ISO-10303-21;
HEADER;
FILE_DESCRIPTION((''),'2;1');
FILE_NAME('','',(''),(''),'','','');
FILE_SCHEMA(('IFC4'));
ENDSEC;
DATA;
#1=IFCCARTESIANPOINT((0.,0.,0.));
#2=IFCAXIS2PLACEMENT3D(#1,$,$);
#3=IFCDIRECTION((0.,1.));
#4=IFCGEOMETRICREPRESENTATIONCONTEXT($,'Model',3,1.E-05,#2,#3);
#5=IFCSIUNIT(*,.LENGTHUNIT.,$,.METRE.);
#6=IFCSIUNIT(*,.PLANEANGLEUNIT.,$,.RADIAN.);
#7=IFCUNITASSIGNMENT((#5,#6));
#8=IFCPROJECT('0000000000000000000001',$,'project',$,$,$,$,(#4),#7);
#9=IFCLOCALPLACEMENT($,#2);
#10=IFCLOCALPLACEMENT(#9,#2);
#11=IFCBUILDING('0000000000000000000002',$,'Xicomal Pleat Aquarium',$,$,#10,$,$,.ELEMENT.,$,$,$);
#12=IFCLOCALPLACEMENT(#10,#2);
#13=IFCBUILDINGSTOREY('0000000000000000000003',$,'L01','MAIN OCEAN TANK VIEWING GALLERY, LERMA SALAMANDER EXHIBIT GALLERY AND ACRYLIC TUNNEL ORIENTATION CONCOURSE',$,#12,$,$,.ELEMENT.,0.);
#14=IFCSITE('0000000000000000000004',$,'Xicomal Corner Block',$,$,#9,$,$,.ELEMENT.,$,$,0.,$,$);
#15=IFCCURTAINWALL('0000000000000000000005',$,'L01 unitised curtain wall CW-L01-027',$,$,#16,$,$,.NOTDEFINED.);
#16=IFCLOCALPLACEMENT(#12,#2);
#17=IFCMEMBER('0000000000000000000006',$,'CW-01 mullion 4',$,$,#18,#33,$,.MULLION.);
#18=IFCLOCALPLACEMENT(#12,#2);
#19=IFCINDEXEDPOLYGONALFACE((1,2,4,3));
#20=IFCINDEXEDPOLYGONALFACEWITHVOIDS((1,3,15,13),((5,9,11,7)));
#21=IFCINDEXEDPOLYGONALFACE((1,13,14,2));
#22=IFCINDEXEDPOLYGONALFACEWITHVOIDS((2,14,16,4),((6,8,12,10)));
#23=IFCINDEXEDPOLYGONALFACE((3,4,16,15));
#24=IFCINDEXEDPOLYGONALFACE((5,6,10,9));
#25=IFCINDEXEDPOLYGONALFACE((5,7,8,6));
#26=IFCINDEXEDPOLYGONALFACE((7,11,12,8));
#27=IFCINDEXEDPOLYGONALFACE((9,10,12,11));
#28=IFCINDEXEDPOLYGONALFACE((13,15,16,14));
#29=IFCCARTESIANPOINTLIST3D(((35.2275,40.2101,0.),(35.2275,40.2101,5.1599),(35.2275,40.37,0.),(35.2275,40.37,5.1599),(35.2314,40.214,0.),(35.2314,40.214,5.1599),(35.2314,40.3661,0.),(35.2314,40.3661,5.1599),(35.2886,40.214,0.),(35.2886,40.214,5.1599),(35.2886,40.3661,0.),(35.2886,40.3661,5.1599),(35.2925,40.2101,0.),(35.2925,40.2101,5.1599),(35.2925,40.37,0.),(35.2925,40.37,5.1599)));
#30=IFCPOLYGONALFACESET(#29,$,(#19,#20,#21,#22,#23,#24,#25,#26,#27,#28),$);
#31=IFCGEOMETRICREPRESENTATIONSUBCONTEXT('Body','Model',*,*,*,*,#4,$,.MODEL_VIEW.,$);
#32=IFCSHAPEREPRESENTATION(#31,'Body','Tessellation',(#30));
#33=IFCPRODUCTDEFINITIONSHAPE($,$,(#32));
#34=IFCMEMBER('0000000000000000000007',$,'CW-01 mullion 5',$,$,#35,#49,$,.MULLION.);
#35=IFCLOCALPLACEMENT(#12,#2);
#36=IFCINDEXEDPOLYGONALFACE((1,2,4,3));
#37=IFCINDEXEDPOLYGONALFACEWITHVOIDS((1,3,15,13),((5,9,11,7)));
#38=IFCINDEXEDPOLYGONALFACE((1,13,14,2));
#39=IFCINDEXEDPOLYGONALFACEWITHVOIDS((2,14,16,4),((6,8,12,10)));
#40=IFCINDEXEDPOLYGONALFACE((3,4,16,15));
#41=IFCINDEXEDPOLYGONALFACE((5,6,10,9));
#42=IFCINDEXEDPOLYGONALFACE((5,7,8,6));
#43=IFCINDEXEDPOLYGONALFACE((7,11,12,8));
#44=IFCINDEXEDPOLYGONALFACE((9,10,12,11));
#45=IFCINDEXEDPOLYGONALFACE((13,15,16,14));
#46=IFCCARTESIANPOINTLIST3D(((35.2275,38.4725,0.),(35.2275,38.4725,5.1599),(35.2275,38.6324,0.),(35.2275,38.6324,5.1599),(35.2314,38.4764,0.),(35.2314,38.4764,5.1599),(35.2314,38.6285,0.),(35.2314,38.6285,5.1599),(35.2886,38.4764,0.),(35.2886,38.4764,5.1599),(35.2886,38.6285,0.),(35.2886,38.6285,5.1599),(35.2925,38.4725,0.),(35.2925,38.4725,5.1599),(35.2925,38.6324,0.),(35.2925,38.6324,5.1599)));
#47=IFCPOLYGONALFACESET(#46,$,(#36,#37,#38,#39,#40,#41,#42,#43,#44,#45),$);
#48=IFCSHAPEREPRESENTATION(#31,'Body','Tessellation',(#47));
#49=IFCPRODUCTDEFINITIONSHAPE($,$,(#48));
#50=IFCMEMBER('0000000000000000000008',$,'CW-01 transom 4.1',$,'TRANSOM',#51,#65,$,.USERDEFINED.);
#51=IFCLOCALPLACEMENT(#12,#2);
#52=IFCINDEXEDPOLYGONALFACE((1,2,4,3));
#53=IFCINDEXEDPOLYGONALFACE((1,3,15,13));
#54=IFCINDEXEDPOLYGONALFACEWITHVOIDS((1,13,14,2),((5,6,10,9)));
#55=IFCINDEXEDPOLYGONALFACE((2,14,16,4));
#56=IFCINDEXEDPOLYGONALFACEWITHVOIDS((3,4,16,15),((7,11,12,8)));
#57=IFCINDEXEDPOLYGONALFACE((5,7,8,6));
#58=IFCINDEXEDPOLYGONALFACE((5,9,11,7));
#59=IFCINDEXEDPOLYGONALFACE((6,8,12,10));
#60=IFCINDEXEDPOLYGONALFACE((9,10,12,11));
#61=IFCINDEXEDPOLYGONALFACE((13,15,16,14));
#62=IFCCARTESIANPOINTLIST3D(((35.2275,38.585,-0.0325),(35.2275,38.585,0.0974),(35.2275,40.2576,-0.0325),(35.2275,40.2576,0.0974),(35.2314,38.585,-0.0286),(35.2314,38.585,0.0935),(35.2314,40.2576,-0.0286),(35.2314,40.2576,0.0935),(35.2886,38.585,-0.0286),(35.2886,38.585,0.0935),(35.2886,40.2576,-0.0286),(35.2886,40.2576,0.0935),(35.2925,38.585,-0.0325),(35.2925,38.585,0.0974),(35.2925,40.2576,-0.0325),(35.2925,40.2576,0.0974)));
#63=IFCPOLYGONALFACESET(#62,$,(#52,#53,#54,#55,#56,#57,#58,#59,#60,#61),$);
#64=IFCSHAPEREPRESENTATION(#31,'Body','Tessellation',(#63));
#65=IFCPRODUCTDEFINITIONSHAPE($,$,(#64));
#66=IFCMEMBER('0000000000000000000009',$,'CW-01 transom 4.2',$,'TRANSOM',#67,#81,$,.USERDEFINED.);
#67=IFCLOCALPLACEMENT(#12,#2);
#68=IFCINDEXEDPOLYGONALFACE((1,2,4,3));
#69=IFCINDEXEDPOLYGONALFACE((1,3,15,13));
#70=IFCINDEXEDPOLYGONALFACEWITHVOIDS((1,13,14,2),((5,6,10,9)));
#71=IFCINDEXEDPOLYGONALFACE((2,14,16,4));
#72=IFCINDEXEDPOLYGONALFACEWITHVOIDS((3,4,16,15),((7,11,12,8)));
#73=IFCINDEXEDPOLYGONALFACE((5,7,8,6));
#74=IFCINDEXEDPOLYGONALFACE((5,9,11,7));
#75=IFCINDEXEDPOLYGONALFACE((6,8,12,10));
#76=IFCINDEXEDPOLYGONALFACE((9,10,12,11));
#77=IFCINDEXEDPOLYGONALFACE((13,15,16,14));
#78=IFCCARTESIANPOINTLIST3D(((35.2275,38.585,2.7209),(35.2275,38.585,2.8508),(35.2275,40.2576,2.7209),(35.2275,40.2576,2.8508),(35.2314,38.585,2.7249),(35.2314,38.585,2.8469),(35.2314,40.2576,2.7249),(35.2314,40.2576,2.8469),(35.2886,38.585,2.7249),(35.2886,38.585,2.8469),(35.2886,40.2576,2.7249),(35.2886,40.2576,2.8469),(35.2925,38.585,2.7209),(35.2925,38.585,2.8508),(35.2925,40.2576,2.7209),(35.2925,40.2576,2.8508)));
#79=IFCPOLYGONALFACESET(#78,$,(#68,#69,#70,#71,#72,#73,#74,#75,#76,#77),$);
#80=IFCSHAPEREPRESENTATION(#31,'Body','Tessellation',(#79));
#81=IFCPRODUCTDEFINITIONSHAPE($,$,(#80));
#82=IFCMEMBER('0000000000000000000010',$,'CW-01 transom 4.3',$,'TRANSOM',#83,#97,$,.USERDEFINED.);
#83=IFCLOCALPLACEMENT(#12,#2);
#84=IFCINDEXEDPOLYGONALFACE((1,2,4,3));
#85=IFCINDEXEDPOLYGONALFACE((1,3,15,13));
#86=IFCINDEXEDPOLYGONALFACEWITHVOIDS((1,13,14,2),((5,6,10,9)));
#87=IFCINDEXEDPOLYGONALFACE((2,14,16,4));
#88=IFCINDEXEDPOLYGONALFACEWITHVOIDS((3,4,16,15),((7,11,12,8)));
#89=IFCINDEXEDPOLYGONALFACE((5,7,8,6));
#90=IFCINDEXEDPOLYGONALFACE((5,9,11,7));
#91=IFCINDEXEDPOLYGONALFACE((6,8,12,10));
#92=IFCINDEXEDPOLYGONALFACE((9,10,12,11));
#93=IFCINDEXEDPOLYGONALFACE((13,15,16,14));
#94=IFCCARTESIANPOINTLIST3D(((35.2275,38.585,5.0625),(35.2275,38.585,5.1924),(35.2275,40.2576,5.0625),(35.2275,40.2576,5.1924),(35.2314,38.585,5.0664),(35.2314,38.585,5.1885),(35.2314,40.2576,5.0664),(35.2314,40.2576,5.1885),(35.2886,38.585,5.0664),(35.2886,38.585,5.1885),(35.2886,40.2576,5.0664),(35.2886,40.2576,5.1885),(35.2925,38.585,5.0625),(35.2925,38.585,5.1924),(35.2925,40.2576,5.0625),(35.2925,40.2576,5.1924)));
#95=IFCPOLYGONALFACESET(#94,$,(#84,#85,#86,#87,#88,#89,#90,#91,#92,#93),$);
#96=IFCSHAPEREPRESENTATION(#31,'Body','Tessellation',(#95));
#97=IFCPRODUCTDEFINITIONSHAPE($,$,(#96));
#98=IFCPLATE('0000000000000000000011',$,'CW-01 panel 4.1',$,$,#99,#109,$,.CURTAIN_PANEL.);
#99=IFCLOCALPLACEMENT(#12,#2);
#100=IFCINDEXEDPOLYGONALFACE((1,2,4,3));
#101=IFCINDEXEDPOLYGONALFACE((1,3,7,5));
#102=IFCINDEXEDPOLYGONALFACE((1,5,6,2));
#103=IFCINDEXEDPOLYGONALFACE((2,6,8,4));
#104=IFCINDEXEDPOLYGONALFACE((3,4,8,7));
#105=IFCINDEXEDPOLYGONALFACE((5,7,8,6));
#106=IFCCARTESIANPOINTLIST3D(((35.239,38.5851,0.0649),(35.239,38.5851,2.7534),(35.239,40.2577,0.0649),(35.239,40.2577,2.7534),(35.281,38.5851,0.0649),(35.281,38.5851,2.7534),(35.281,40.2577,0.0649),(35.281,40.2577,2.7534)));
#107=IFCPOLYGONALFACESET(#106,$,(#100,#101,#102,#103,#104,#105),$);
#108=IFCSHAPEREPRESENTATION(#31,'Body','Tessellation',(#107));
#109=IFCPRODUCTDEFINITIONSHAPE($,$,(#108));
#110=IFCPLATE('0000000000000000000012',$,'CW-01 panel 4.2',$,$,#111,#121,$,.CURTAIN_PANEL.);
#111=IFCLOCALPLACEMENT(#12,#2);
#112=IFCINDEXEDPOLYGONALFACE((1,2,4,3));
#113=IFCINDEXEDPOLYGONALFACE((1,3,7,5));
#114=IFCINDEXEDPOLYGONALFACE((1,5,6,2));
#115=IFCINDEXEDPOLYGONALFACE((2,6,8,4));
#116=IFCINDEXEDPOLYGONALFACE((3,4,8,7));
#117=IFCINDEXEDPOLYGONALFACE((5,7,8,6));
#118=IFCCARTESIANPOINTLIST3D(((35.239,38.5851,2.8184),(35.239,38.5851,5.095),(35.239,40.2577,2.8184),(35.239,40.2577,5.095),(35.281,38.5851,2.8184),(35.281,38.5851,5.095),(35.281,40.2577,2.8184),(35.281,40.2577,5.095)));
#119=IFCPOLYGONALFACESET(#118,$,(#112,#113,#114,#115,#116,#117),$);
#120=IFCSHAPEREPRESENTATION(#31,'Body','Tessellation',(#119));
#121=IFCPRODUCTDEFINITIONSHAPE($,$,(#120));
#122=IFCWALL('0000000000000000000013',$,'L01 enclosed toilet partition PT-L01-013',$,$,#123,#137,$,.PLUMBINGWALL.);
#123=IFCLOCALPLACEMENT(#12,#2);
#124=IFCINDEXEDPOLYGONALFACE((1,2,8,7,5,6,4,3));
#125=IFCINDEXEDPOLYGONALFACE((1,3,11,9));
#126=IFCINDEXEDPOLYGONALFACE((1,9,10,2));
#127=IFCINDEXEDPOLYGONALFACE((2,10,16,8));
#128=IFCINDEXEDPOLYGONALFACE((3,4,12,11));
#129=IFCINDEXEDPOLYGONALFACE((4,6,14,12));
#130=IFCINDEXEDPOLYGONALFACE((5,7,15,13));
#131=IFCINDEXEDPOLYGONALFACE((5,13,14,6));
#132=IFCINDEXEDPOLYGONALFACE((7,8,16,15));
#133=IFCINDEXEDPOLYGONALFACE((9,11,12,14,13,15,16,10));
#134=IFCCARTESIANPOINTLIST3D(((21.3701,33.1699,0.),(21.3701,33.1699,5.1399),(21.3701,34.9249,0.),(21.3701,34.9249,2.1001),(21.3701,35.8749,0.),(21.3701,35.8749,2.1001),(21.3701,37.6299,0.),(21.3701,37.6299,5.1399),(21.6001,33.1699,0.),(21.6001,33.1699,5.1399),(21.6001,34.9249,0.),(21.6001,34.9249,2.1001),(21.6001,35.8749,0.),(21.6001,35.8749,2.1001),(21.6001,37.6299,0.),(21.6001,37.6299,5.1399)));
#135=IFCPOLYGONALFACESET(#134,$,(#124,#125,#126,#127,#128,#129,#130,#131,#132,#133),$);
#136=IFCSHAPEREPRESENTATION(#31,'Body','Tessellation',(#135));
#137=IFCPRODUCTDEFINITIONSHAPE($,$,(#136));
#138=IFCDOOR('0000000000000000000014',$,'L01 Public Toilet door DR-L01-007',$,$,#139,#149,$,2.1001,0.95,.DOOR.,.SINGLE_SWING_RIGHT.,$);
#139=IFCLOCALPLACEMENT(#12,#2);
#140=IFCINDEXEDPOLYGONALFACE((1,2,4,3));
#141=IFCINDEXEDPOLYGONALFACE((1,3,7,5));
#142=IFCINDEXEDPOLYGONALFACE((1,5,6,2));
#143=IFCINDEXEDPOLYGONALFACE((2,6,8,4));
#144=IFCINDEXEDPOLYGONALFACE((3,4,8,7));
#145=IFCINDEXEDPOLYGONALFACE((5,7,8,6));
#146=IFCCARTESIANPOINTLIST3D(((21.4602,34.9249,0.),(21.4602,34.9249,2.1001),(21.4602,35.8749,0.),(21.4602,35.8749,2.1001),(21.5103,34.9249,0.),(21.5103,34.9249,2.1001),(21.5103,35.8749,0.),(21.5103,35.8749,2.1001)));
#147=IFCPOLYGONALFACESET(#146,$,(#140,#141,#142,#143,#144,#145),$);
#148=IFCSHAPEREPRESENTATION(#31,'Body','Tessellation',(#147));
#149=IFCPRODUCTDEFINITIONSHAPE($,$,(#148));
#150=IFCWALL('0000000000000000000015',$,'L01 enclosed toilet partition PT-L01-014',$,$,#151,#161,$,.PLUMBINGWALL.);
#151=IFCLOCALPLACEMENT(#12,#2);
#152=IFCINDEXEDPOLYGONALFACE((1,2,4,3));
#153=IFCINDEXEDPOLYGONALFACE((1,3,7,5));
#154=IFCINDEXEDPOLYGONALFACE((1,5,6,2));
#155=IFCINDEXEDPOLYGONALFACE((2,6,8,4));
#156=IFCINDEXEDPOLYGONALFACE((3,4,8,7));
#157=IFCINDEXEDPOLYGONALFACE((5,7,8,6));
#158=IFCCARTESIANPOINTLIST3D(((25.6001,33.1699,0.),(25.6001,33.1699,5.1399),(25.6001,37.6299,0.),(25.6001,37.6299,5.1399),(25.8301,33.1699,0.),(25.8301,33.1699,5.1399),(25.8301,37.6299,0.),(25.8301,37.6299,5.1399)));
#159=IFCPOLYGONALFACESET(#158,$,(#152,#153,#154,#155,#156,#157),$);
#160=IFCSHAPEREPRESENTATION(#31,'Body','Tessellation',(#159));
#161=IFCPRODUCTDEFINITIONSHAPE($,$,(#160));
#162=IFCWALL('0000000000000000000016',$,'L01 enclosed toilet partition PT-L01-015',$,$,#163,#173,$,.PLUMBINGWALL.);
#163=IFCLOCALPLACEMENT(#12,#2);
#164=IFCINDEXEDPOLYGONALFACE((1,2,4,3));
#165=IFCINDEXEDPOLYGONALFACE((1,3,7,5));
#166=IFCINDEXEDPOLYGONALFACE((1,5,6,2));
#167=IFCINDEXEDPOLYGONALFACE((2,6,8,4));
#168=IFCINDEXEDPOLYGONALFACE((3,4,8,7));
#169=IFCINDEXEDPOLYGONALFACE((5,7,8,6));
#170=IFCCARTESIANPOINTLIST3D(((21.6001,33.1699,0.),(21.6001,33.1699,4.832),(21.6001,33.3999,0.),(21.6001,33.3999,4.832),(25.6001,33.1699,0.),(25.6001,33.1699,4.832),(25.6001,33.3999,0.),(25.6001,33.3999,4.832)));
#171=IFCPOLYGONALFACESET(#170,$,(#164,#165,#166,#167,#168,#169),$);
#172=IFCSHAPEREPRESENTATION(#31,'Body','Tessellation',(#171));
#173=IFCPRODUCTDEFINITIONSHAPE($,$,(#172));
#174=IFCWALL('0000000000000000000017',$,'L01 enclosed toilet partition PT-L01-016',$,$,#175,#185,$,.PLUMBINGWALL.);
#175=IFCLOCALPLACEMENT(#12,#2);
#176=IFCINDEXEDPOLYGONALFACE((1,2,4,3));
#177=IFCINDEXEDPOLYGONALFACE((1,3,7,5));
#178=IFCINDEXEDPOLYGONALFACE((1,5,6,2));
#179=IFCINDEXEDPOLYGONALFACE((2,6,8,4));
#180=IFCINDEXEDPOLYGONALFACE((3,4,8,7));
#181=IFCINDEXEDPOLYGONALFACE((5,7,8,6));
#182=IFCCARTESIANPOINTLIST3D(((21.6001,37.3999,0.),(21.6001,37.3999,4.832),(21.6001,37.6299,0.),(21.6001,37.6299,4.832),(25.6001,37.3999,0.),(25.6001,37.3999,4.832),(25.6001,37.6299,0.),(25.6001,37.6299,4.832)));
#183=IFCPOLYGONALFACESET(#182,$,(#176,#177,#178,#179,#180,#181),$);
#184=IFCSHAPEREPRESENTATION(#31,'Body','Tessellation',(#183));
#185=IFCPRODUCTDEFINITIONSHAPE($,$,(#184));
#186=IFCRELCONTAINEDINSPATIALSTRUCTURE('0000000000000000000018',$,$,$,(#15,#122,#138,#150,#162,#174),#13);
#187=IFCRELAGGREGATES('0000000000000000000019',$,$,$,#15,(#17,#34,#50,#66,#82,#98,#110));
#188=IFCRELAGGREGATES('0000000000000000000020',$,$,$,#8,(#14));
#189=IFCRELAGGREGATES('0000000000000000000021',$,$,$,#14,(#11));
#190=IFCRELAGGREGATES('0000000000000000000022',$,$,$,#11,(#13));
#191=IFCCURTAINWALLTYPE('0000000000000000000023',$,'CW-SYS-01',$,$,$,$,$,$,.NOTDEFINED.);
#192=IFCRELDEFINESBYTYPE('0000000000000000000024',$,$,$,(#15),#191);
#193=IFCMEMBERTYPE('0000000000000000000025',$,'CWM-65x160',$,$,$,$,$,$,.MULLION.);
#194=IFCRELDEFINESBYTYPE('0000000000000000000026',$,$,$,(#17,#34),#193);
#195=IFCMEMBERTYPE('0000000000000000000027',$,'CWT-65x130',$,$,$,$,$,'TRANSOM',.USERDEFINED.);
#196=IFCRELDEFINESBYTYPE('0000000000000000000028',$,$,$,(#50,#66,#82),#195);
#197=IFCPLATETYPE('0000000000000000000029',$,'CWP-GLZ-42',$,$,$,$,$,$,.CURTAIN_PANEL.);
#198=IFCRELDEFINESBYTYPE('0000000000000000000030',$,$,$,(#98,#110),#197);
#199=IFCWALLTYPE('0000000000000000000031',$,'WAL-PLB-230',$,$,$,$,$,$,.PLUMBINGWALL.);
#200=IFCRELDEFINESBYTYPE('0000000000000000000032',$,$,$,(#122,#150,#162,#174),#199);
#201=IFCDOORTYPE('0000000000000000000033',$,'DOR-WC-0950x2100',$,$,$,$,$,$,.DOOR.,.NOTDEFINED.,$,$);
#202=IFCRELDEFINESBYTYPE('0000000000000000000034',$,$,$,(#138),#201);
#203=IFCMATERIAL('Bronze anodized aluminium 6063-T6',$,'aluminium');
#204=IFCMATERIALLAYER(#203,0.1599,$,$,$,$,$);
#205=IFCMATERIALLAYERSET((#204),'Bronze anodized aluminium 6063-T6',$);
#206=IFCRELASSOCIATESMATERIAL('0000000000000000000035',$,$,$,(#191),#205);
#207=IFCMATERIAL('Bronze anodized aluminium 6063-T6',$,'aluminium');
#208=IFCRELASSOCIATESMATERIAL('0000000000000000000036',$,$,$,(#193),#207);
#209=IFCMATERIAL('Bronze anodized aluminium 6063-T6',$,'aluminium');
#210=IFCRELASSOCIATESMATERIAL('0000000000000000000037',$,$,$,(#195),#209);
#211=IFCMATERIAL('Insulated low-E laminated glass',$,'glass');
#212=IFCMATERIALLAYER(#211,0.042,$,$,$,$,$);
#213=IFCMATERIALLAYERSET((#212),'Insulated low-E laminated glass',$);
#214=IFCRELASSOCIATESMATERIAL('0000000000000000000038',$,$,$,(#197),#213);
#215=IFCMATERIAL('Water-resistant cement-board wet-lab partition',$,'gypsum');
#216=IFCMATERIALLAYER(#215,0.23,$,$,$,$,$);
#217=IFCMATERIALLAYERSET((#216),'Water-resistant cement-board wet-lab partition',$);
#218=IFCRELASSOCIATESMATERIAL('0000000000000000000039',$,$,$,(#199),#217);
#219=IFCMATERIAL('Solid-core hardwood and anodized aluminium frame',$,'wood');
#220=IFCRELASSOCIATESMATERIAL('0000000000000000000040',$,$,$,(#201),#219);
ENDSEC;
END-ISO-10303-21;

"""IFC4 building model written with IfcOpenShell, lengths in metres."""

from ifc_helpers import new_model, si_unit, direction, frame, frame_2d, origin, origin_2d, place, context, subcontext, project, spatial, rectangle, hollow_rectangle, extrude, material, layer, layer_set, material_profile, profile_set, type_object, element, fill, aggregate, save


model = new_model("IFC4")

# Units and contexts
model_context = context("Model", 3, precision=1e-05, world=origin(), true_north=direction((0.0, 1.0)))
body_context = subcontext(model_context, "Body", "Model", "MODEL_VIEW")
ifc_project = project(units=[si_unit("LENGTHUNIT", "METRE"), si_unit("PLANEANGLEUNIT", "RADIAN")], contexts=[model_context])

# Site, building, storey
site_placement = place(None, origin())
site = spatial("IfcSite", under=ifc_project, at=site_placement, Name="Xicomal Corner Block", CompositionType="ELEMENT", RefElevation=0.0)
building_placement = place(site_placement, origin())
building = spatial("IfcBuilding", under=site, at=building_placement, Name="Xicomal Pleat Aquarium", CompositionType="ELEMENT")
storey_placement = place(building_placement, origin())
storey = spatial("IfcBuildingStorey", under=building, at=storey_placement, Name="L01", Description="MAIN OCEAN TANK VIEWING GALLERY, LERMA SALAMANDER EXHIBIT GALLERY AND ACRYLIC TUNNEL ORIENTATION CONCOURSE", CompositionType="ELEMENT", Elevation=0.0)

# Curtain wall, members, plates
ifc_material_1 = material(Name="Bronze anodized aluminium 6063-T6", Category="aluminium")
ifc_layer_1 = layer(ifc_material_1, 0.1599)
ifc_layer_set_1 = layer_set([ifc_layer_1], Name="Bronze anodized aluminium 6063-T6")
curtain_wall_type = type_object("IfcCurtainWallType", Name="CW-SYS-01", PredefinedType="NOTDEFINED", material=ifc_layer_set_1)
curtain_wall_placement = place(storey_placement, origin())
curtain_wall = element("IfcCurtainWall", 1, at=curtain_wall_placement, inside=storey, type_object=curtain_wall_type, Name="L01 unitised curtain wall CW-L01-027", PredefinedType="NOTDEFINED")
ifc_material_2 = material(Name="Bronze anodized aluminium 6063-T6", Category="aluminium")
ifc_material_profile_1 = material_profile(ifc_material_2, hollow_rectangle(XDim=0.0649, YDim=0.1599, WallThickness=0.0039, at=origin_2d()), Name="ALU MULL 65x160")
ifc_profile_set_1 = profile_set([ifc_material_profile_1], Name="Bronze anodized aluminium 6063-T6")
member_type_1 = type_object("IfcMemberType", Name="CWM-65x160", PredefinedType="MULLION", material=ifc_profile_set_1)
member_1_placement = place(storey_placement, frame((35.26, 40.29, 0.0), z_axis=(0.0, 0.0, 1.0), x_axis=(1.0, 0.0, 0.0)))
member_1 = element("IfcMember", 2, at=member_1_placement, type_object=member_type_1, Name="CW-01 mullion 4", PredefinedType="MULLION", context=body_context, shape_type="SweptSolid", body=[
    extrude(hollow_rectangle(XDim=0.0649, YDim=0.1599, WallThickness=0.0039, at=origin_2d()), origin(), (0.0, 0.0, 1.0), 5.1599),
])
member_2_placement = place(storey_placement, frame((35.26, 38.5525, 0.0), z_axis=(0.0, 0.0, 1.0), x_axis=(1.0, 0.0, 0.0)))
member_2 = element("IfcMember", 3, at=member_2_placement, type_object=member_type_1, Name="CW-01 mullion 5", PredefinedType="MULLION", context=body_context, shape_type="SweptSolid", body=[
    extrude(hollow_rectangle(XDim=0.0649, YDim=0.1599, WallThickness=0.0039, at=origin_2d()), origin(), (0.0, 0.0, 1.0), 5.1599),
])
ifc_material_3 = material(Name="Bronze anodized aluminium 6063-T6", Category="aluminium")
ifc_material_profile_2 = material_profile(ifc_material_3, hollow_rectangle(XDim=0.0649, YDim=0.1299, WallThickness=0.0039, at=origin_2d()), Name="ALU TRAN 65x130")
ifc_profile_set_2 = profile_set([ifc_material_profile_2], Name="Bronze anodized aluminium 6063-T6")
member_type_2 = type_object("IfcMemberType", Name="CWT-65x130", ElementType="TRANSOM", PredefinedType="USERDEFINED", material=ifc_profile_set_2)
member_3_placement = place(storey_placement, frame((35.26, 40.2576, 0.0325), z_axis=(0.0, -1.0, 0.0), x_axis=(1.0, 0.0, 0.0)))
member_3 = element("IfcMember", 4, at=member_3_placement, type_object=member_type_2, Name="CW-01 transom 4.1", ObjectType="TRANSOM", PredefinedType="USERDEFINED", context=body_context, shape_type="SweptSolid", body=[
    extrude(hollow_rectangle(XDim=0.0649, YDim=0.1299, WallThickness=0.0039, at=origin_2d()), origin(), (0.0, 0.0, 1.0), 1.6726),
])
member_4_placement = place(storey_placement, frame((35.26, 40.2576, 2.7859), z_axis=(0.0, -1.0, 0.0), x_axis=(1.0, 0.0, 0.0)))
member_4 = element("IfcMember", 5, at=member_4_placement, type_object=member_type_2, Name="CW-01 transom 4.2", ObjectType="TRANSOM", PredefinedType="USERDEFINED", context=body_context, shape_type="SweptSolid", body=[
    extrude(hollow_rectangle(XDim=0.0649, YDim=0.1299, WallThickness=0.0039, at=origin_2d()), origin(), (0.0, 0.0, 1.0), 1.6726),
])
member_5_placement = place(storey_placement, frame((35.26, 40.2576, 5.1274), z_axis=(0.0, -1.0, 0.0), x_axis=(1.0, 0.0, 0.0)))
member_5 = element("IfcMember", 6, at=member_5_placement, type_object=member_type_2, Name="CW-01 transom 4.3", ObjectType="TRANSOM", PredefinedType="USERDEFINED", context=body_context, shape_type="SweptSolid", body=[
    extrude(hollow_rectangle(XDim=0.0649, YDim=0.1299, WallThickness=0.0039, at=origin_2d()), origin(), (0.0, 0.0, 1.0), 1.6726),
])
ifc_material_4 = material(Name="Insulated low-E laminated glass", Category="glass")
ifc_layer_2 = layer(ifc_material_4, 0.042)
ifc_layer_set_2 = layer_set([ifc_layer_2], Name="Insulated low-E laminated glass")
plate_type = type_object("IfcPlateType", Name="CWP-GLZ-42", PredefinedType="CURTAIN_PANEL", material=ifc_layer_set_2)
plate_1_placement = place(storey_placement, frame((35.26, 39.4214, 0.0649), z_axis=(0.0, 0.0, 1.0), x_axis=(0.0, -1.0, 0.0)))
plate_1 = element("IfcPlate", 7, at=plate_1_placement, type_object=plate_type, Name="CW-01 panel 4.1", PredefinedType="CURTAIN_PANEL", context=body_context, shape_type="SweptSolid", body=[
    extrude(rectangle(XDim=1.6726, YDim=0.042, at=origin_2d()), origin(), (0.0, 0.0, 1.0), 2.6885),
])
plate_2_placement = place(storey_placement, frame((35.26, 39.4214, 2.8184), z_axis=(0.0, 0.0, 1.0), x_axis=(0.0, -1.0, 0.0)))
plate_2 = element("IfcPlate", 8, at=plate_2_placement, type_object=plate_type, Name="CW-01 panel 4.2", PredefinedType="CURTAIN_PANEL", context=body_context, shape_type="SweptSolid", body=[
    extrude(rectangle(XDim=1.6726, YDim=0.042, at=origin_2d()), origin(), (0.0, 0.0, 1.0), 2.2766),
])
aggregate(curtain_wall, [member_1, member_2, member_3, member_4, member_5, plate_1, plate_2])

# Wall, opening, door
ifc_material_5 = material(Name="Water-resistant cement-board wet-lab partition", Category="gypsum")
ifc_layer_3 = layer(ifc_material_5, 0.23)
ifc_layer_set_3 = layer_set([ifc_layer_3], Name="Water-resistant cement-board wet-lab partition")
wall_type = type_object("IfcWallType", Name="WAL-PLB-230", PredefinedType="PLUMBINGWALL", material=ifc_layer_set_3)
wall_1_placement = place(storey_placement, frame((21.4851, 33.1699, 0.0), z_axis=(0.0, 0.0, 1.0), x_axis=(0.0, 1.0, 0.0)))
wall_1 = element("IfcWall", 9, at=wall_1_placement, inside=storey, type_object=wall_type, Name="L01 enclosed toilet partition PT-L01-013", PredefinedType="PLUMBINGWALL", context=body_context, shape_type="SweptSolid", body=[
    extrude(rectangle(XDim=4.46, YDim=0.23, at=frame_2d((2.23, 0.0))), origin(), (0.0, 0.0, 1.0), 5.1399),
])
opening_1_placement = place(wall_1_placement, frame((1.7549, 0.0, 0.0)))
opening_1 = element("IfcOpeningElement", 10, at=opening_1_placement, cuts=wall_1, PredefinedType="OPENING", context=body_context, shape_type="SweptSolid", body=[
    extrude(rectangle(XDim=0.95, YDim=2.1001, at=frame_2d((0.4751, 1.05))), frame((0.0, 0.125, 0.0), z_axis=(0.0, -1.0, 0.0), x_axis=(1.0, 0.0, 0.0)), (0.0, 0.0, 1.0), 0.25),
])
ifc_material_6 = material(Name="Solid-core hardwood and anodized aluminium frame", Category="wood")
door_type_1 = type_object("IfcDoorType", Name="DOR-WC-0950x2100", OperationType="NOTDEFINED", PredefinedType="DOOR", material=ifc_material_6)
door_1_placement = place(opening_1_placement, origin())
door_1 = element("IfcDoor", 11, at=door_1_placement, inside=storey, type_object=door_type_1, Name="L01 Public Toilet door DR-L01-007", OperationType="SINGLE_SWING_RIGHT", OverallHeight=2.1001, OverallWidth=0.95, PredefinedType="DOOR", context=body_context, shape_type="SweptSolid", body=[
    extrude(rectangle(XDim=0.95, YDim=2.1001, at=frame_2d((0.4751, 1.05))), frame((0.0, 0.0249, 0.0), z_axis=(0.0, -1.0, 0.0), x_axis=(1.0, 0.0, 0.0)), (0.0, 0.0, 1.0), 0.05),
])
fill(opening_1, door_1)

# Walls
wall_2_placement = place(storey_placement, frame((25.7151, 33.1699, 0.0), z_axis=(0.0, 0.0, 1.0), x_axis=(0.0, 1.0, 0.0)))
element("IfcWall", 12, at=wall_2_placement, inside=storey, type_object=wall_type, Name="L01 enclosed toilet partition PT-L01-014", PredefinedType="PLUMBINGWALL", context=body_context, shape_type="SweptSolid", body=[
    extrude(rectangle(XDim=4.46, YDim=0.23, at=frame_2d((2.23, 0.0))), origin(), (0.0, 0.0, 1.0), 5.1399),
])
for number, where, z_axis, x_axis, name in (
    (13, (21.6001, 33.2849, 0.0), (0.0, 0.0, 1.0), (1.0, 0.0, 0.0), "L01 enclosed toilet partition PT-L01-015"),
    (14, (21.6001, 37.5149, 0.0), (0.0, 0.0, 1.0), (1.0, 0.0, 0.0), "L01 enclosed toilet partition PT-L01-016"),
):
    element("IfcWall", number, at=place(storey_placement, frame(where, z_axis=z_axis, x_axis=x_axis)), inside=storey, type_object=wall_type, Name=name, PredefinedType="PLUMBINGWALL", context=body_context, shape_type="SweptSolid", body=[
        extrude(rectangle(XDim=4.0, YDim=0.23, at=frame_2d((2.0, 0.0))), origin(), (0.0, 0.0, 1.0), 4.832),
    ])

save(model, "model.ifc")
